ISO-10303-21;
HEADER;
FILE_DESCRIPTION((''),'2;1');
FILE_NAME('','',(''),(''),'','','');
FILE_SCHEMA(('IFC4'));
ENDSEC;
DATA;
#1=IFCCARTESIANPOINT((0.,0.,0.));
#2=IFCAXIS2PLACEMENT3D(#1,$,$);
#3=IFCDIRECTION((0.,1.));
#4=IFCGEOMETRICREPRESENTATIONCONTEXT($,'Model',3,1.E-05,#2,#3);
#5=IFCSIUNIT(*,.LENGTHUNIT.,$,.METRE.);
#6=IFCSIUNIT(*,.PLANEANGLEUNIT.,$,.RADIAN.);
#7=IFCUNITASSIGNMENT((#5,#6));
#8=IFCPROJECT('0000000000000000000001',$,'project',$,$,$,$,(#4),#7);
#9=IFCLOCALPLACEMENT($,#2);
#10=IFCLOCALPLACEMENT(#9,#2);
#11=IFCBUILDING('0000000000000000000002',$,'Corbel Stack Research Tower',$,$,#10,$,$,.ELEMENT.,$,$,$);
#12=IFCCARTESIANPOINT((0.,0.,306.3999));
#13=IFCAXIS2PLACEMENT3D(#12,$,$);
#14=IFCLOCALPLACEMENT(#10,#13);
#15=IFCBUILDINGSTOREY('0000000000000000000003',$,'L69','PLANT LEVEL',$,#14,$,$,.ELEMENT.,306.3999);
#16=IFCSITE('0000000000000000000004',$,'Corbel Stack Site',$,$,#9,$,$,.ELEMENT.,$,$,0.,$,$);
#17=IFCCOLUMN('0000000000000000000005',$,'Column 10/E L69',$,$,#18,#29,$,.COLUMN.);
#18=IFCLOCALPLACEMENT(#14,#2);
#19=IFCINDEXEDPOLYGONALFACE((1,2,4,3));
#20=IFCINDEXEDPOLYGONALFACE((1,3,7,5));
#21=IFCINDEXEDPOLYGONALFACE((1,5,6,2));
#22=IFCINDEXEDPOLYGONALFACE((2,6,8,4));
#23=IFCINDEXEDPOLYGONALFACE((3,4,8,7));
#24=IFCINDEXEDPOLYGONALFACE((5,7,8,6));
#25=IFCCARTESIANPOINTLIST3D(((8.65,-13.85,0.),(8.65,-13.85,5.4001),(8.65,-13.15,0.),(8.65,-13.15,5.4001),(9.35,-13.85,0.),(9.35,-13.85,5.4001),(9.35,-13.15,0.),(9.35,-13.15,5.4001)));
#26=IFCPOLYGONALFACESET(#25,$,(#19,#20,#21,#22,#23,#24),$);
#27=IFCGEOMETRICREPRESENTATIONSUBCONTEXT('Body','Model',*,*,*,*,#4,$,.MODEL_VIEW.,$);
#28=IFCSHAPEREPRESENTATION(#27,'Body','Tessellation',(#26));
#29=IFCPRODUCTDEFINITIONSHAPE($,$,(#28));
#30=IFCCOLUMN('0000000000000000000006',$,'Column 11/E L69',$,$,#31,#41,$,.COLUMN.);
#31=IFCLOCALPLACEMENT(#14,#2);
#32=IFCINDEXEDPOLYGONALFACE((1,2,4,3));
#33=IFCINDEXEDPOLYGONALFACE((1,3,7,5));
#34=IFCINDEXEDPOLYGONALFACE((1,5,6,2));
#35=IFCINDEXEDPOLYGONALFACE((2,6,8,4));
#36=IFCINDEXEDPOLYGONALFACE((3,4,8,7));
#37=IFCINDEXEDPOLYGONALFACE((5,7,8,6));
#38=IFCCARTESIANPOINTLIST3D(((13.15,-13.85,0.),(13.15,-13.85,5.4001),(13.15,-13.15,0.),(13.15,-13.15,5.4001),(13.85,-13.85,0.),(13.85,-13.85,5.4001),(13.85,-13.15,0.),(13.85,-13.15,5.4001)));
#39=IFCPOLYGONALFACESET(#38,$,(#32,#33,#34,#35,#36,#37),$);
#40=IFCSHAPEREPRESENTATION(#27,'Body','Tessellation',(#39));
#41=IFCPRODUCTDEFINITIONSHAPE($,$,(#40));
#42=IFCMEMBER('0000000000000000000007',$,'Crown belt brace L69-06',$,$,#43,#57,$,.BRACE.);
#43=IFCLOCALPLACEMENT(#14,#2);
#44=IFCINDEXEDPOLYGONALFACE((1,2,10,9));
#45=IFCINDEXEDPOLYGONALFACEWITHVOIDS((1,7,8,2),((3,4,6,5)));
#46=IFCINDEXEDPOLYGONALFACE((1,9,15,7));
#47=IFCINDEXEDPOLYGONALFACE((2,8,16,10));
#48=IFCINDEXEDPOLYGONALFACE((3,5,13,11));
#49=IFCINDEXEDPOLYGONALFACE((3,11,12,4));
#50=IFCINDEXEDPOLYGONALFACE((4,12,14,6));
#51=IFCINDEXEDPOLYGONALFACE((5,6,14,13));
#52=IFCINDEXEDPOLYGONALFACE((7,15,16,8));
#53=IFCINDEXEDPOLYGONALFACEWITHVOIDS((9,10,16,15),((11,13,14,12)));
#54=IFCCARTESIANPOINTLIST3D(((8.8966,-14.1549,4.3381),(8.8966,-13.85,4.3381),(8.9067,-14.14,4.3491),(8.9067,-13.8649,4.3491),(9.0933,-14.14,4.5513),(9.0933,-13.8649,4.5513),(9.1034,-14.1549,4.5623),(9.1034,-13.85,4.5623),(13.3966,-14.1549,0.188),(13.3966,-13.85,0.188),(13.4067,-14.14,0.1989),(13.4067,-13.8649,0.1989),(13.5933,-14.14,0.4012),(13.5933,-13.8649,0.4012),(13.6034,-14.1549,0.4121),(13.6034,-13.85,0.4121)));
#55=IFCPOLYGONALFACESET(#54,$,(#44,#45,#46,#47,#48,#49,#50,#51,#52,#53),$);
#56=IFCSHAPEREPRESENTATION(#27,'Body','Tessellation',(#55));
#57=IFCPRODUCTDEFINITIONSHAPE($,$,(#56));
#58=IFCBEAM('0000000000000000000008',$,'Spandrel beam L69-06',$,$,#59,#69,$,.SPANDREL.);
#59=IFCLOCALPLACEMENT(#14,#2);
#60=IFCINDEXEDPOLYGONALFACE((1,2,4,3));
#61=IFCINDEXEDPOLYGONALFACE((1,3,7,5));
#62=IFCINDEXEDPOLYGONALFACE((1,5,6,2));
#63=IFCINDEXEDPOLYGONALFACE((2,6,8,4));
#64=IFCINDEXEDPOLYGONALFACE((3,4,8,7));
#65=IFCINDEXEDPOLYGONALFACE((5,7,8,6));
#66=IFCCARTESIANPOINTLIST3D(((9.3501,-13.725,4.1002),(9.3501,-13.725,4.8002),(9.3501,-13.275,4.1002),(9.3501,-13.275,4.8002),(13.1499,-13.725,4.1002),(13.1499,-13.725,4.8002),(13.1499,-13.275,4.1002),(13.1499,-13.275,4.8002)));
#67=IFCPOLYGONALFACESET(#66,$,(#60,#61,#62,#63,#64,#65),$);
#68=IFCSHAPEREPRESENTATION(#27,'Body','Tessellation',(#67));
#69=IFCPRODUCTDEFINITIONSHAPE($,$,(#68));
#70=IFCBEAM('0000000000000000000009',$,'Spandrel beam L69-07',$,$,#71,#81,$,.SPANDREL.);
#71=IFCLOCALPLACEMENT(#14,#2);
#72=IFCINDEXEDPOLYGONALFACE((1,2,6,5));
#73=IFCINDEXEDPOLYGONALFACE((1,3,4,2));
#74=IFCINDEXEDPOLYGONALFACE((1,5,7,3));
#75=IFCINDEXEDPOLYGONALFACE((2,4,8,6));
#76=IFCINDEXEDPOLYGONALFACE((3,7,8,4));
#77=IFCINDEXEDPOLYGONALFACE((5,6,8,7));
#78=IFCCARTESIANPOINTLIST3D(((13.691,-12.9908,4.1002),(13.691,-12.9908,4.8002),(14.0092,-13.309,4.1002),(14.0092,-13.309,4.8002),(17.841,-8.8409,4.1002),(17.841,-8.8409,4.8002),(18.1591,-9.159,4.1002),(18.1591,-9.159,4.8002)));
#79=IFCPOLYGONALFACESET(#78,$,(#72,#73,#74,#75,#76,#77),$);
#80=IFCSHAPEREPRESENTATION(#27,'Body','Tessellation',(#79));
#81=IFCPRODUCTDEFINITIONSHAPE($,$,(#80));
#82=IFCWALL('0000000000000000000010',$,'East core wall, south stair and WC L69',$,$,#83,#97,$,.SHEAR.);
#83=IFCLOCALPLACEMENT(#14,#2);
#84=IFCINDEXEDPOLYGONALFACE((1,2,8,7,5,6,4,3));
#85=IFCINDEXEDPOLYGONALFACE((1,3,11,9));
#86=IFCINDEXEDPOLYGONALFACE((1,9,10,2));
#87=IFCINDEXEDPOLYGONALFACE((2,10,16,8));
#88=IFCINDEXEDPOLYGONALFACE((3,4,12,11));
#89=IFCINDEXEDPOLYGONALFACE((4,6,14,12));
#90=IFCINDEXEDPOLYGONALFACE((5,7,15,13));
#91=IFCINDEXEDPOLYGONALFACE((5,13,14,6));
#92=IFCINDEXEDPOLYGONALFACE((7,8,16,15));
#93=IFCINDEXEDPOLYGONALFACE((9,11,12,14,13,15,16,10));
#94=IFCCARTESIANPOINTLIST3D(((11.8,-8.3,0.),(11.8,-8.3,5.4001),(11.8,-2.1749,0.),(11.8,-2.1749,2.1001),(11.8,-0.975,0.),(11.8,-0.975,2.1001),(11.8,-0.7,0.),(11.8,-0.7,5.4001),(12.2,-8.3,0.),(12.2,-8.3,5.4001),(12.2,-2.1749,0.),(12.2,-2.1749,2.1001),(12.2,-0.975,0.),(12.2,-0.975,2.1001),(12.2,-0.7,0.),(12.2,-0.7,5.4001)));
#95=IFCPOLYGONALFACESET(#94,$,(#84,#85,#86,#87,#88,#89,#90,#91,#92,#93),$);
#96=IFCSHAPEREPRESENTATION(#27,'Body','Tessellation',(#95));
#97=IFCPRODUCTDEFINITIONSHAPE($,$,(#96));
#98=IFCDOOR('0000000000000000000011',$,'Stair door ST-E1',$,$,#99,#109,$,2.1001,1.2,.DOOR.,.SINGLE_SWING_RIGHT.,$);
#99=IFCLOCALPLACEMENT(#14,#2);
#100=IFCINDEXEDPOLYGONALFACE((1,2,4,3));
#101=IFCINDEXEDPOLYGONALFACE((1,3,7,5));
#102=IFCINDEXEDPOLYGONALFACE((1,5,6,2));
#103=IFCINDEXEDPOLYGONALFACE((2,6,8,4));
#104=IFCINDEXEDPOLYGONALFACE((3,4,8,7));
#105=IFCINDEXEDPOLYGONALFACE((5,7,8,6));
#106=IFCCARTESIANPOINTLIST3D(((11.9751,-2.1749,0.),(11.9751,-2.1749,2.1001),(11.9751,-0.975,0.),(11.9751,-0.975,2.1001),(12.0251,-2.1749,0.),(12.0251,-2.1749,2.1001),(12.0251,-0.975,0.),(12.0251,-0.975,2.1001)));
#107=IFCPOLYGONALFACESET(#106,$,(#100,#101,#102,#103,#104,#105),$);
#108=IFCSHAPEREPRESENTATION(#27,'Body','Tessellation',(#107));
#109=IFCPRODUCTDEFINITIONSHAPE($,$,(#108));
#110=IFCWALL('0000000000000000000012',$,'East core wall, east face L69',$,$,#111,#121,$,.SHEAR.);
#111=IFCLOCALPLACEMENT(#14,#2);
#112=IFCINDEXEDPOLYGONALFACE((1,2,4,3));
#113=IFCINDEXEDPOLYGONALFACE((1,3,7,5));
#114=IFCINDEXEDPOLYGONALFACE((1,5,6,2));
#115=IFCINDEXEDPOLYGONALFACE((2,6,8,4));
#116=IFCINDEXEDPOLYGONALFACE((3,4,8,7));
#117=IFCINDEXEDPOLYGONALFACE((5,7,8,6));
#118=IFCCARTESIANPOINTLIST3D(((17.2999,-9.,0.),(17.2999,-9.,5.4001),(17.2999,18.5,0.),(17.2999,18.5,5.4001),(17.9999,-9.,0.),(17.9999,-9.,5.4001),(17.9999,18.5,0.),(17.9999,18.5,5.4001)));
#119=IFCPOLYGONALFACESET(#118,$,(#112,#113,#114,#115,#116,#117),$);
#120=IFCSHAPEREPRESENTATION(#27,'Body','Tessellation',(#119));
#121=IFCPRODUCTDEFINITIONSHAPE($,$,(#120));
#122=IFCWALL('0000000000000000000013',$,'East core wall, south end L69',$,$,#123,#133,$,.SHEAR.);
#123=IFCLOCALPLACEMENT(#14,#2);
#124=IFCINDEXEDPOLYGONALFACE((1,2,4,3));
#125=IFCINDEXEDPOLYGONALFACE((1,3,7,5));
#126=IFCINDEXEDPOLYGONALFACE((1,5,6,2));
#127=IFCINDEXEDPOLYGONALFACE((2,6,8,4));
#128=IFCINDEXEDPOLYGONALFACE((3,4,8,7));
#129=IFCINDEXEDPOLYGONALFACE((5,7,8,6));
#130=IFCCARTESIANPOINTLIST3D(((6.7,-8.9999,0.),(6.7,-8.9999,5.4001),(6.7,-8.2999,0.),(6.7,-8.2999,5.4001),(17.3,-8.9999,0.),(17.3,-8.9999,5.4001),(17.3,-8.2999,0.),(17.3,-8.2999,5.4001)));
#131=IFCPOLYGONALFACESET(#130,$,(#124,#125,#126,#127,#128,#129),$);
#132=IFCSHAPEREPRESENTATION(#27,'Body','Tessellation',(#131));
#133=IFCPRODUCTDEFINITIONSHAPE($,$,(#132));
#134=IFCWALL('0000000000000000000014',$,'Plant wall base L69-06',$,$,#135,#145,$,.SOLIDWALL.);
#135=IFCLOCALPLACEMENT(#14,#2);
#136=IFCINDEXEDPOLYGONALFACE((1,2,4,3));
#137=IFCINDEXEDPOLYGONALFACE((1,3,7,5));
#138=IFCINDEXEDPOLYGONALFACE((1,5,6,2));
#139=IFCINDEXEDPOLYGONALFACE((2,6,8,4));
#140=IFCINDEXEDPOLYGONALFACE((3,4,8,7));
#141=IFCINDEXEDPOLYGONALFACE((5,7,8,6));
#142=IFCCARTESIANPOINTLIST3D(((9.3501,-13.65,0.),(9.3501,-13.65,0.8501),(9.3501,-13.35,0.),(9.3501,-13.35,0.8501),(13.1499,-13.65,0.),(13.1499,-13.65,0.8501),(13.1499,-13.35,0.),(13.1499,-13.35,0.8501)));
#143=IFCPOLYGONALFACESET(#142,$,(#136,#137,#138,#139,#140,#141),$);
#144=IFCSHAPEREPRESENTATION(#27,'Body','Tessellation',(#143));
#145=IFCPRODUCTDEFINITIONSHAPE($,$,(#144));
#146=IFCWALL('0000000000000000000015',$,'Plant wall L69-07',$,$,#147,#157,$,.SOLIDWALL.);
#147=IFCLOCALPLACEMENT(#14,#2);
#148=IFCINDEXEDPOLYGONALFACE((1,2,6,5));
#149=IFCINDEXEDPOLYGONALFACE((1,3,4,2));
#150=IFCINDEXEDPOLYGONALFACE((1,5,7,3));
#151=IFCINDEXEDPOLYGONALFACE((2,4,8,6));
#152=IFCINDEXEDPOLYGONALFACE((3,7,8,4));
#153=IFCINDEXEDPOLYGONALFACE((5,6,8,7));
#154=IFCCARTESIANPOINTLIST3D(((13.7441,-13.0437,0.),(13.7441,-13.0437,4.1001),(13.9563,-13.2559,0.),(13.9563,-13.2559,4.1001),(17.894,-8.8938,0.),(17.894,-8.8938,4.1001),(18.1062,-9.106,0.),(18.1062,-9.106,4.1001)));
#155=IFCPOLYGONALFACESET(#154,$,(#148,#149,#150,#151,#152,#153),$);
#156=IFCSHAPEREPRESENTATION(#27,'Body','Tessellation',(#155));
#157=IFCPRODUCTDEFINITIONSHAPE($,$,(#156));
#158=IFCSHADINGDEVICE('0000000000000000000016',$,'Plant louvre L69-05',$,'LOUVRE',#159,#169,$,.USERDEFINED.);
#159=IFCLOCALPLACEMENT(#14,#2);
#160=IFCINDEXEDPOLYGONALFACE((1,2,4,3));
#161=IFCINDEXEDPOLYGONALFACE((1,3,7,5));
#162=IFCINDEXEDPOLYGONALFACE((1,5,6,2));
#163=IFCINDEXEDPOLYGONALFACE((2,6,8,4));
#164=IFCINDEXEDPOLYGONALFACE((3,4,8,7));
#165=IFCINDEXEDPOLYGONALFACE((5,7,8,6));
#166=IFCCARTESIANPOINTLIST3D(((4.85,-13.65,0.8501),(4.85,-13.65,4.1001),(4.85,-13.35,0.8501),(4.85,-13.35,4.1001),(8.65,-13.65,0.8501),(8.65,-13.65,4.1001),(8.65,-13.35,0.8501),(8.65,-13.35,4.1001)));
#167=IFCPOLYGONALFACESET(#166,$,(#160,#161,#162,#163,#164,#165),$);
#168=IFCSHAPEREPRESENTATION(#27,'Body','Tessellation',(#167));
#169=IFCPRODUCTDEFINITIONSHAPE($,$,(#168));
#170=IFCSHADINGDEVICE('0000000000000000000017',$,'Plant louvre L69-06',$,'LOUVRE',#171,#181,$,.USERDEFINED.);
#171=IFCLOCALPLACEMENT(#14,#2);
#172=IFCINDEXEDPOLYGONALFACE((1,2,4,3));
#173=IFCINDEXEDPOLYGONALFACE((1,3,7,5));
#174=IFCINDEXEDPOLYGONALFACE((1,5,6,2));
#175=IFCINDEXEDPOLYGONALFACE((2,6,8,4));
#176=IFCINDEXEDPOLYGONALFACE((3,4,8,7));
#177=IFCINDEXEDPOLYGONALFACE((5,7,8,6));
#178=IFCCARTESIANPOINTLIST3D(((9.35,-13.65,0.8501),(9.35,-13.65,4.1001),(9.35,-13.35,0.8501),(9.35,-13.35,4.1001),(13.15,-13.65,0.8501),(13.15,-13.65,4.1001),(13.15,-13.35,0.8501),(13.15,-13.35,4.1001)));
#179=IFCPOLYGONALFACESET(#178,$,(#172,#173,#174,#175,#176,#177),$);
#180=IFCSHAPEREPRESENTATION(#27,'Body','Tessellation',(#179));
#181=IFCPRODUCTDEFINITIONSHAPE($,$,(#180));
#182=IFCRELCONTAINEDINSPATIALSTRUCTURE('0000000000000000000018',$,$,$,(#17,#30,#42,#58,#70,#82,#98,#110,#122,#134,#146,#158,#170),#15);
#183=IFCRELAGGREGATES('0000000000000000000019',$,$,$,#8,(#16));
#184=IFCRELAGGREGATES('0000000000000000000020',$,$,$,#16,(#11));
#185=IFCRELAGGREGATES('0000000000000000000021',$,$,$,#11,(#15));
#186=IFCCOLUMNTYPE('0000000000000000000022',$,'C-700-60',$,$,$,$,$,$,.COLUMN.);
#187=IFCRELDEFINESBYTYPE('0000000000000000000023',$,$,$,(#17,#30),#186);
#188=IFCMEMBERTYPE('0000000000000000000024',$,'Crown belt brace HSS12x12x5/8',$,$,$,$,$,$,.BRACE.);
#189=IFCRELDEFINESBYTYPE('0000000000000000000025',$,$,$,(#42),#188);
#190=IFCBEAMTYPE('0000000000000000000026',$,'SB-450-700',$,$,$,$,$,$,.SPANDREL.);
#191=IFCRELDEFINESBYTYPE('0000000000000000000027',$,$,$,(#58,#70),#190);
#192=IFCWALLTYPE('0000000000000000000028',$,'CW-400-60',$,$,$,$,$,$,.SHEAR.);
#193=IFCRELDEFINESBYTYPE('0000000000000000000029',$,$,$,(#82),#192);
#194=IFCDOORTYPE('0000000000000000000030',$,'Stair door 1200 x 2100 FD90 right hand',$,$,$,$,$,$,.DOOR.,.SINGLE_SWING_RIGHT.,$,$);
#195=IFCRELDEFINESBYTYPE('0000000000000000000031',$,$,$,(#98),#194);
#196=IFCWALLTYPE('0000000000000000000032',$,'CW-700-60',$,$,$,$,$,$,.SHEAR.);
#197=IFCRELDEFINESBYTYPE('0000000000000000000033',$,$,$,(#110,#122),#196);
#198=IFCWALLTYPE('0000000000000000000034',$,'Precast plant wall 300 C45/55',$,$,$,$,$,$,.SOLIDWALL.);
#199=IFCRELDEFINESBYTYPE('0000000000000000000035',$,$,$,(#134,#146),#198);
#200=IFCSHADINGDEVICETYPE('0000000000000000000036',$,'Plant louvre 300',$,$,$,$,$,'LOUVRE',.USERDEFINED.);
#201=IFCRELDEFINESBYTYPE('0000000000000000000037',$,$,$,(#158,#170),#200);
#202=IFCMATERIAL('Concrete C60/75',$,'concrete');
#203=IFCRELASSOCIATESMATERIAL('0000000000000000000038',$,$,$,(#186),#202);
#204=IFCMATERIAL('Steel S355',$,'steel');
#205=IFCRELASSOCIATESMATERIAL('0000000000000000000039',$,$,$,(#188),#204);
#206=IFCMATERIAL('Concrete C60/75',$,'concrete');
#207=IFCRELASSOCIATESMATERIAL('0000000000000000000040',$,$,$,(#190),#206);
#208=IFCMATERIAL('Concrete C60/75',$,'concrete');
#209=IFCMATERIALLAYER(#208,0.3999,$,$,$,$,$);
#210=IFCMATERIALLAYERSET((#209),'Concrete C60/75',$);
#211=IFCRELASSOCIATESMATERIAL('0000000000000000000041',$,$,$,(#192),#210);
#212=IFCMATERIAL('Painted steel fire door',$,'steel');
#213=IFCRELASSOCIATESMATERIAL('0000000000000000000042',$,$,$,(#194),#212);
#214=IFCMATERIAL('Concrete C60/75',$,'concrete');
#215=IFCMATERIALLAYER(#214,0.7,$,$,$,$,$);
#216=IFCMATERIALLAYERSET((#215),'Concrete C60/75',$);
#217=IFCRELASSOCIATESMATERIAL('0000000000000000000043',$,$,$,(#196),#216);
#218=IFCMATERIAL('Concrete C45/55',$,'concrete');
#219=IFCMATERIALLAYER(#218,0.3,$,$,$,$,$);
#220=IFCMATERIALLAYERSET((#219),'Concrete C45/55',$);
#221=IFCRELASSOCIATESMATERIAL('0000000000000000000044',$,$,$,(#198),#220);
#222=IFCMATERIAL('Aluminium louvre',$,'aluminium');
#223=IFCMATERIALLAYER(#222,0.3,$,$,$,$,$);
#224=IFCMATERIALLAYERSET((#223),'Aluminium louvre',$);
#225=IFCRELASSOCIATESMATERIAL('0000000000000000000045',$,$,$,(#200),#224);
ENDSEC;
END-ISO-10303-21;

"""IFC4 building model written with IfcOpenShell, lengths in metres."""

from ifc_helpers import new_model, si_unit, direction, frame, frame_2d, origin, origin_2d, place, context, subcontext, project, spatial, rectangle, hollow_rectangle, extrude, material, layer, layer_set, material_profile, profile_set, type_object, element, fill, save


model = new_model("IFC4")

# Units and contexts
model_context = context("Model", 3, precision=1e-05, world=origin(), true_north=direction((0.0, 1.0)))
body_context = subcontext(model_context, "Body", "Model", "MODEL_VIEW")
ifc_project = project(units=[si_unit("LENGTHUNIT", "METRE"), si_unit("PLANEANGLEUNIT", "RADIAN")], contexts=[model_context])

# Site, building, storey
site_placement = place(None, origin())
site = spatial("IfcSite", under=ifc_project, at=site_placement, Name="Corbel Stack Site", CompositionType="ELEMENT", RefElevation=0.0)
building_placement = place(site_placement, origin())
building = spatial("IfcBuilding", under=site, at=building_placement, Name="Corbel Stack Research Tower", CompositionType="ELEMENT")
storey_placement = place(building_placement, frame((0.0, 0.0, 306.3999)))
storey = spatial("IfcBuildingStorey", under=building, at=storey_placement, Name="L69", Description="PLANT LEVEL", CompositionType="ELEMENT", Elevation=306.3999)

# Columns
ifc_material_1 = material(Name="Concrete C60/75", Category="concrete")
ifc_material_profile_1 = material_profile(ifc_material_1, rectangle(XDim=0.7, YDim=0.7, at=origin_2d()), Name="RC 700 x 700")
ifc_profile_set_1 = profile_set([ifc_material_profile_1], Name="Concrete C60/75")
column_type = type_object("IfcColumnType", Name="C-700-60", PredefinedType="COLUMN", material=ifc_profile_set_1)
for number, where, z_axis, x_axis, name in (
    (1, (9.0, -13.5, 0.0), (0.0, 0.0, 1.0), (1.0, 0.0, 0.0), "Column 10/E L69"),
    (2, (13.5, -13.5, 0.0), (0.0, 0.0, 1.0), (1.0, 0.0, 0.0), "Column 11/E L69"),
):
    element("IfcColumn", number, at=place(storey_placement, frame(where, z_axis=z_axis, x_axis=x_axis)), inside=storey, type_object=column_type, Name=name, PredefinedType="COLUMN", context=body_context, shape_type="SweptSolid", body=[
        extrude(rectangle(XDim=0.7, YDim=0.7, at=origin_2d()), origin(), (0.0, 0.0, 1.0), 5.4001),
    ])

# Member
ifc_material_2 = material(Name="Steel S355", Category="steel")
ifc_material_profile_2 = material_profile(ifc_material_2, hollow_rectangle(XDim=0.3049, YDim=0.3049, WallThickness=0.0149, at=origin_2d()), Name="HSS12x12x5/8")
ifc_profile_set_2 = profile_set([ifc_material_profile_2], Name="Steel S355")
member_type = type_object("IfcMemberType", Name="Crown belt brace HSS12x12x5/8", PredefinedType="BRACE", material=ifc_profile_set_2)
member_placement = place(storey_placement, frame((13.5, -14.0024, 0.3), z_axis=(-0.735105, 0.0, 0.677954), x_axis=(0.0, -1.0, 0.0)))
element("IfcMember", 3, at=member_placement, inside=storey, type_object=member_type, Name="Crown belt brace L69-06", PredefinedType="BRACE", context=body_context, shape_type="SweptSolid", body=[
    extrude(hollow_rectangle(XDim=0.3049, YDim=0.3049, WallThickness=0.0149, at=origin_2d()), origin(), (0.0, 0.0, 1.0), 6.1216),
])

# Beams
ifc_material_3 = material(Name="Concrete C60/75", Category="concrete")
ifc_material_profile_3 = material_profile(ifc_material_3, rectangle(XDim=0.45, YDim=0.7, at=origin_2d()), Name="RC 450 x 700")
ifc_profile_set_3 = profile_set([ifc_material_profile_3], Name="Concrete C60/75")
beam_type = type_object("IfcBeamType", Name="SB-450-700", PredefinedType="SPANDREL", material=ifc_profile_set_3)
beam_1_placement = place(storey_placement, frame((9.3501, -13.5, 4.4502), z_axis=(1.0, 0.0, 0.0), x_axis=(0.0, 1.0, 0.0)))
element("IfcBeam", 4, at=beam_1_placement, inside=storey, type_object=beam_type, Name="Spandrel beam L69-06", PredefinedType="SPANDREL", context=body_context, shape_type="SweptSolid", body=[
    extrude(rectangle(XDim=0.45, YDim=0.7, at=origin_2d()), origin(), (0.0, 0.0, 1.0), 3.7998),
])
beam_2_placement = place(storey_placement, frame((13.8501, -13.1499, 4.4502), z_axis=(0.707107, 0.707107, 0.0), x_axis=(-0.707107, 0.707107, 0.0)))
element("IfcBeam", 5, at=beam_2_placement, inside=storey, type_object=beam_type, Name="Spandrel beam L69-07", PredefinedType="SPANDREL", context=body_context, shape_type="SweptSolid", body=[
    extrude(rectangle(XDim=0.45, YDim=0.7, at=origin_2d()), origin(), (0.0, 0.0, 1.0), 5.8689),
])

# Wall, opening, door
ifc_material_4 = material(Name="Concrete C60/75", Category="concrete")
ifc_layer_1 = layer(ifc_material_4, 0.3999)
ifc_layer_set_1 = layer_set([ifc_layer_1], Name="Concrete C60/75")
wall_type_1 = type_object("IfcWallType", Name="CW-400-60", PredefinedType="SHEAR", material=ifc_layer_set_1)
wall_1_placement = place(storey_placement, frame((12.0, -8.3, 0.0), z_axis=(0.0, 0.0, 1.0), x_axis=(0.0, 1.0, 0.0)))
wall_1 = element("IfcWall", 6, at=wall_1_placement, inside=storey, type_object=wall_type_1, Name="East core wall, south stair and WC L69", PredefinedType="SHEAR", context=body_context, shape_type="SweptSolid", body=[
    extrude(rectangle(XDim=7.6001, YDim=0.3999, at=frame_2d((3.8, 0.0))), origin(), (0.0, 0.0, 1.0), 5.4001),
])
opening_placement = place(wall_1_placement, frame((6.125, 0.0, 0.0)))
opening = element("IfcOpeningElement", 7, at=opening_placement, cuts=wall_1, PredefinedType="OPENING", context=body_context, shape_type="SweptSolid", body=[
    extrude(rectangle(XDim=1.2, YDim=2.1001, at=frame_2d((0.6001, 1.05))), frame((0.0, 0.21, 0.0), z_axis=(0.0, -1.0, 0.0), x_axis=(1.0, 0.0, 0.0)), (0.0, 0.0, 1.0), 0.4199),
])
ifc_material_5 = material(Name="Painted steel fire door", Category="steel")
door_type = type_object("IfcDoorType", Name="Stair door 1200 x 2100 FD90 right hand", OperationType="SINGLE_SWING_RIGHT", PredefinedType="DOOR", material=ifc_material_5)
door_placement = place(opening_placement, origin())
door = element("IfcDoor", 8, at=door_placement, inside=storey, type_object=door_type, Name="Stair door ST-E1", OperationType="SINGLE_SWING_RIGHT", OverallHeight=2.1001, OverallWidth=1.2, PredefinedType="DOOR", context=body_context, shape_type="SweptSolid", body=[
    extrude(rectangle(XDim=1.2, YDim=2.1001, at=frame_2d((0.6001, 1.05))), frame((0.0, 0.0249, 0.0), z_axis=(0.0, -1.0, 0.0), x_axis=(1.0, 0.0, 0.0)), (0.0, 0.0, 1.0), 0.05),
])
fill(opening, door)

# Walls
ifc_material_6 = material(Name="Concrete C60/75", Category="concrete")
ifc_layer_2 = layer(ifc_material_6, 0.7)
ifc_layer_set_2 = layer_set([ifc_layer_2], Name="Concrete C60/75")
wall_type_2 = type_object("IfcWallType", Name="CW-700-60", PredefinedType="SHEAR", material=ifc_layer_set_2)
wall_2_placement = place(storey_placement, frame((17.6499, -9.0, 0.0), z_axis=(0.0, 0.0, 1.0), x_axis=(0.0, 1.0, 0.0)))
element("IfcWall", 9, at=wall_2_placement, inside=storey, type_object=wall_type_2, Name="East core wall, east face L69", PredefinedType="SHEAR", context=body_context, shape_type="SweptSolid", body=[
    extrude(rectangle(XDim=27.5, YDim=0.7, at=frame_2d((13.75, 0.0))), origin(), (0.0, 0.0, 1.0), 5.4001),
])
wall_3_placement = place(storey_placement, frame((6.7, -8.6499, 0.0), z_axis=(0.0, 0.0, 1.0), x_axis=(1.0, 0.0, 0.0)))
element("IfcWall", 10, at=wall_3_placement, inside=storey, type_object=wall_type_2, Name="East core wall, south end L69", PredefinedType="SHEAR", context=body_context, shape_type="SweptSolid", body=[
    extrude(rectangle(XDim=10.6001, YDim=0.7, at=frame_2d((5.3, 0.0))), origin(), (0.0, 0.0, 1.0), 5.4001),
])
ifc_material_7 = material(Name="Concrete C45/55", Category="concrete")
ifc_layer_3 = layer(ifc_material_7, 0.3)
ifc_layer_set_3 = layer_set([ifc_layer_3], Name="Concrete C45/55")
wall_type_3 = type_object("IfcWallType", Name="Precast plant wall 300 C45/55", PredefinedType="SOLIDWALL", material=ifc_layer_set_3)
wall_4_placement = place(storey_placement, frame((9.3501, -13.5, 0.0), z_axis=(0.0, 0.0, 1.0), x_axis=(1.0, 0.0, 0.0)))
element("IfcWall", 11, at=wall_4_placement, inside=storey, type_object=wall_type_3, Name="Plant wall base L69-06", PredefinedType="SOLIDWALL", context=body_context, shape_type="SweptSolid", body=[
    extrude(rectangle(XDim=3.7998, YDim=0.3, at=frame_2d((1.8999, 0.0))), origin(), (0.0, 0.0, 1.0), 0.8501),
])
wall_5_placement = place(storey_placement, frame((13.8501, -13.1499, 0.0), z_axis=(0.0, 0.0, 1.0), x_axis=(0.707107, 0.707107, 0.0)))
element("IfcWall", 12, at=wall_5_placement, inside=storey, type_object=wall_type_3, Name="Plant wall L69-07", PredefinedType="SOLIDWALL", context=body_context, shape_type="SweptSolid", body=[
    extrude(rectangle(XDim=5.8689, YDim=0.3, at=frame_2d((2.9346, 0.0))), origin(), (0.0, 0.0, 1.0), 4.1001),
])

# Shading devices
ifc_material_8 = material(Name="Aluminium louvre", Category="aluminium")
ifc_layer_4 = layer(ifc_material_8, 0.3)
ifc_layer_set_4 = layer_set([ifc_layer_4], Name="Aluminium louvre")
shading_device_type = type_object("IfcShadingDeviceType", Name="Plant louvre 300", ElementType="LOUVRE", PredefinedType="USERDEFINED", material=ifc_layer_set_4)
for number, where, z_axis, x_axis, name in (
    (13, (6.75, -13.5, 0.8501), (0.0, 0.0, 1.0), (1.0, 0.0, 0.0), "Plant louvre L69-05"),
    (14, (11.25, -13.5, 0.8501), (0.0, 0.0, 1.0), (1.0, 0.0, 0.0), "Plant louvre L69-06"),
):
    element("IfcShadingDevice", number, at=place(storey_placement, frame(where, z_axis=z_axis, x_axis=x_axis)), inside=storey, type_object=shading_device_type, Name=name, ObjectType="LOUVRE", PredefinedType="USERDEFINED", context=body_context, shape_type="SweptSolid", body=[
        extrude(rectangle(XDim=3.8, YDim=0.3, at=origin_2d()), origin(), (0.0, 0.0, 1.0), 3.25),
    ])

save(model, "model.ifc")
